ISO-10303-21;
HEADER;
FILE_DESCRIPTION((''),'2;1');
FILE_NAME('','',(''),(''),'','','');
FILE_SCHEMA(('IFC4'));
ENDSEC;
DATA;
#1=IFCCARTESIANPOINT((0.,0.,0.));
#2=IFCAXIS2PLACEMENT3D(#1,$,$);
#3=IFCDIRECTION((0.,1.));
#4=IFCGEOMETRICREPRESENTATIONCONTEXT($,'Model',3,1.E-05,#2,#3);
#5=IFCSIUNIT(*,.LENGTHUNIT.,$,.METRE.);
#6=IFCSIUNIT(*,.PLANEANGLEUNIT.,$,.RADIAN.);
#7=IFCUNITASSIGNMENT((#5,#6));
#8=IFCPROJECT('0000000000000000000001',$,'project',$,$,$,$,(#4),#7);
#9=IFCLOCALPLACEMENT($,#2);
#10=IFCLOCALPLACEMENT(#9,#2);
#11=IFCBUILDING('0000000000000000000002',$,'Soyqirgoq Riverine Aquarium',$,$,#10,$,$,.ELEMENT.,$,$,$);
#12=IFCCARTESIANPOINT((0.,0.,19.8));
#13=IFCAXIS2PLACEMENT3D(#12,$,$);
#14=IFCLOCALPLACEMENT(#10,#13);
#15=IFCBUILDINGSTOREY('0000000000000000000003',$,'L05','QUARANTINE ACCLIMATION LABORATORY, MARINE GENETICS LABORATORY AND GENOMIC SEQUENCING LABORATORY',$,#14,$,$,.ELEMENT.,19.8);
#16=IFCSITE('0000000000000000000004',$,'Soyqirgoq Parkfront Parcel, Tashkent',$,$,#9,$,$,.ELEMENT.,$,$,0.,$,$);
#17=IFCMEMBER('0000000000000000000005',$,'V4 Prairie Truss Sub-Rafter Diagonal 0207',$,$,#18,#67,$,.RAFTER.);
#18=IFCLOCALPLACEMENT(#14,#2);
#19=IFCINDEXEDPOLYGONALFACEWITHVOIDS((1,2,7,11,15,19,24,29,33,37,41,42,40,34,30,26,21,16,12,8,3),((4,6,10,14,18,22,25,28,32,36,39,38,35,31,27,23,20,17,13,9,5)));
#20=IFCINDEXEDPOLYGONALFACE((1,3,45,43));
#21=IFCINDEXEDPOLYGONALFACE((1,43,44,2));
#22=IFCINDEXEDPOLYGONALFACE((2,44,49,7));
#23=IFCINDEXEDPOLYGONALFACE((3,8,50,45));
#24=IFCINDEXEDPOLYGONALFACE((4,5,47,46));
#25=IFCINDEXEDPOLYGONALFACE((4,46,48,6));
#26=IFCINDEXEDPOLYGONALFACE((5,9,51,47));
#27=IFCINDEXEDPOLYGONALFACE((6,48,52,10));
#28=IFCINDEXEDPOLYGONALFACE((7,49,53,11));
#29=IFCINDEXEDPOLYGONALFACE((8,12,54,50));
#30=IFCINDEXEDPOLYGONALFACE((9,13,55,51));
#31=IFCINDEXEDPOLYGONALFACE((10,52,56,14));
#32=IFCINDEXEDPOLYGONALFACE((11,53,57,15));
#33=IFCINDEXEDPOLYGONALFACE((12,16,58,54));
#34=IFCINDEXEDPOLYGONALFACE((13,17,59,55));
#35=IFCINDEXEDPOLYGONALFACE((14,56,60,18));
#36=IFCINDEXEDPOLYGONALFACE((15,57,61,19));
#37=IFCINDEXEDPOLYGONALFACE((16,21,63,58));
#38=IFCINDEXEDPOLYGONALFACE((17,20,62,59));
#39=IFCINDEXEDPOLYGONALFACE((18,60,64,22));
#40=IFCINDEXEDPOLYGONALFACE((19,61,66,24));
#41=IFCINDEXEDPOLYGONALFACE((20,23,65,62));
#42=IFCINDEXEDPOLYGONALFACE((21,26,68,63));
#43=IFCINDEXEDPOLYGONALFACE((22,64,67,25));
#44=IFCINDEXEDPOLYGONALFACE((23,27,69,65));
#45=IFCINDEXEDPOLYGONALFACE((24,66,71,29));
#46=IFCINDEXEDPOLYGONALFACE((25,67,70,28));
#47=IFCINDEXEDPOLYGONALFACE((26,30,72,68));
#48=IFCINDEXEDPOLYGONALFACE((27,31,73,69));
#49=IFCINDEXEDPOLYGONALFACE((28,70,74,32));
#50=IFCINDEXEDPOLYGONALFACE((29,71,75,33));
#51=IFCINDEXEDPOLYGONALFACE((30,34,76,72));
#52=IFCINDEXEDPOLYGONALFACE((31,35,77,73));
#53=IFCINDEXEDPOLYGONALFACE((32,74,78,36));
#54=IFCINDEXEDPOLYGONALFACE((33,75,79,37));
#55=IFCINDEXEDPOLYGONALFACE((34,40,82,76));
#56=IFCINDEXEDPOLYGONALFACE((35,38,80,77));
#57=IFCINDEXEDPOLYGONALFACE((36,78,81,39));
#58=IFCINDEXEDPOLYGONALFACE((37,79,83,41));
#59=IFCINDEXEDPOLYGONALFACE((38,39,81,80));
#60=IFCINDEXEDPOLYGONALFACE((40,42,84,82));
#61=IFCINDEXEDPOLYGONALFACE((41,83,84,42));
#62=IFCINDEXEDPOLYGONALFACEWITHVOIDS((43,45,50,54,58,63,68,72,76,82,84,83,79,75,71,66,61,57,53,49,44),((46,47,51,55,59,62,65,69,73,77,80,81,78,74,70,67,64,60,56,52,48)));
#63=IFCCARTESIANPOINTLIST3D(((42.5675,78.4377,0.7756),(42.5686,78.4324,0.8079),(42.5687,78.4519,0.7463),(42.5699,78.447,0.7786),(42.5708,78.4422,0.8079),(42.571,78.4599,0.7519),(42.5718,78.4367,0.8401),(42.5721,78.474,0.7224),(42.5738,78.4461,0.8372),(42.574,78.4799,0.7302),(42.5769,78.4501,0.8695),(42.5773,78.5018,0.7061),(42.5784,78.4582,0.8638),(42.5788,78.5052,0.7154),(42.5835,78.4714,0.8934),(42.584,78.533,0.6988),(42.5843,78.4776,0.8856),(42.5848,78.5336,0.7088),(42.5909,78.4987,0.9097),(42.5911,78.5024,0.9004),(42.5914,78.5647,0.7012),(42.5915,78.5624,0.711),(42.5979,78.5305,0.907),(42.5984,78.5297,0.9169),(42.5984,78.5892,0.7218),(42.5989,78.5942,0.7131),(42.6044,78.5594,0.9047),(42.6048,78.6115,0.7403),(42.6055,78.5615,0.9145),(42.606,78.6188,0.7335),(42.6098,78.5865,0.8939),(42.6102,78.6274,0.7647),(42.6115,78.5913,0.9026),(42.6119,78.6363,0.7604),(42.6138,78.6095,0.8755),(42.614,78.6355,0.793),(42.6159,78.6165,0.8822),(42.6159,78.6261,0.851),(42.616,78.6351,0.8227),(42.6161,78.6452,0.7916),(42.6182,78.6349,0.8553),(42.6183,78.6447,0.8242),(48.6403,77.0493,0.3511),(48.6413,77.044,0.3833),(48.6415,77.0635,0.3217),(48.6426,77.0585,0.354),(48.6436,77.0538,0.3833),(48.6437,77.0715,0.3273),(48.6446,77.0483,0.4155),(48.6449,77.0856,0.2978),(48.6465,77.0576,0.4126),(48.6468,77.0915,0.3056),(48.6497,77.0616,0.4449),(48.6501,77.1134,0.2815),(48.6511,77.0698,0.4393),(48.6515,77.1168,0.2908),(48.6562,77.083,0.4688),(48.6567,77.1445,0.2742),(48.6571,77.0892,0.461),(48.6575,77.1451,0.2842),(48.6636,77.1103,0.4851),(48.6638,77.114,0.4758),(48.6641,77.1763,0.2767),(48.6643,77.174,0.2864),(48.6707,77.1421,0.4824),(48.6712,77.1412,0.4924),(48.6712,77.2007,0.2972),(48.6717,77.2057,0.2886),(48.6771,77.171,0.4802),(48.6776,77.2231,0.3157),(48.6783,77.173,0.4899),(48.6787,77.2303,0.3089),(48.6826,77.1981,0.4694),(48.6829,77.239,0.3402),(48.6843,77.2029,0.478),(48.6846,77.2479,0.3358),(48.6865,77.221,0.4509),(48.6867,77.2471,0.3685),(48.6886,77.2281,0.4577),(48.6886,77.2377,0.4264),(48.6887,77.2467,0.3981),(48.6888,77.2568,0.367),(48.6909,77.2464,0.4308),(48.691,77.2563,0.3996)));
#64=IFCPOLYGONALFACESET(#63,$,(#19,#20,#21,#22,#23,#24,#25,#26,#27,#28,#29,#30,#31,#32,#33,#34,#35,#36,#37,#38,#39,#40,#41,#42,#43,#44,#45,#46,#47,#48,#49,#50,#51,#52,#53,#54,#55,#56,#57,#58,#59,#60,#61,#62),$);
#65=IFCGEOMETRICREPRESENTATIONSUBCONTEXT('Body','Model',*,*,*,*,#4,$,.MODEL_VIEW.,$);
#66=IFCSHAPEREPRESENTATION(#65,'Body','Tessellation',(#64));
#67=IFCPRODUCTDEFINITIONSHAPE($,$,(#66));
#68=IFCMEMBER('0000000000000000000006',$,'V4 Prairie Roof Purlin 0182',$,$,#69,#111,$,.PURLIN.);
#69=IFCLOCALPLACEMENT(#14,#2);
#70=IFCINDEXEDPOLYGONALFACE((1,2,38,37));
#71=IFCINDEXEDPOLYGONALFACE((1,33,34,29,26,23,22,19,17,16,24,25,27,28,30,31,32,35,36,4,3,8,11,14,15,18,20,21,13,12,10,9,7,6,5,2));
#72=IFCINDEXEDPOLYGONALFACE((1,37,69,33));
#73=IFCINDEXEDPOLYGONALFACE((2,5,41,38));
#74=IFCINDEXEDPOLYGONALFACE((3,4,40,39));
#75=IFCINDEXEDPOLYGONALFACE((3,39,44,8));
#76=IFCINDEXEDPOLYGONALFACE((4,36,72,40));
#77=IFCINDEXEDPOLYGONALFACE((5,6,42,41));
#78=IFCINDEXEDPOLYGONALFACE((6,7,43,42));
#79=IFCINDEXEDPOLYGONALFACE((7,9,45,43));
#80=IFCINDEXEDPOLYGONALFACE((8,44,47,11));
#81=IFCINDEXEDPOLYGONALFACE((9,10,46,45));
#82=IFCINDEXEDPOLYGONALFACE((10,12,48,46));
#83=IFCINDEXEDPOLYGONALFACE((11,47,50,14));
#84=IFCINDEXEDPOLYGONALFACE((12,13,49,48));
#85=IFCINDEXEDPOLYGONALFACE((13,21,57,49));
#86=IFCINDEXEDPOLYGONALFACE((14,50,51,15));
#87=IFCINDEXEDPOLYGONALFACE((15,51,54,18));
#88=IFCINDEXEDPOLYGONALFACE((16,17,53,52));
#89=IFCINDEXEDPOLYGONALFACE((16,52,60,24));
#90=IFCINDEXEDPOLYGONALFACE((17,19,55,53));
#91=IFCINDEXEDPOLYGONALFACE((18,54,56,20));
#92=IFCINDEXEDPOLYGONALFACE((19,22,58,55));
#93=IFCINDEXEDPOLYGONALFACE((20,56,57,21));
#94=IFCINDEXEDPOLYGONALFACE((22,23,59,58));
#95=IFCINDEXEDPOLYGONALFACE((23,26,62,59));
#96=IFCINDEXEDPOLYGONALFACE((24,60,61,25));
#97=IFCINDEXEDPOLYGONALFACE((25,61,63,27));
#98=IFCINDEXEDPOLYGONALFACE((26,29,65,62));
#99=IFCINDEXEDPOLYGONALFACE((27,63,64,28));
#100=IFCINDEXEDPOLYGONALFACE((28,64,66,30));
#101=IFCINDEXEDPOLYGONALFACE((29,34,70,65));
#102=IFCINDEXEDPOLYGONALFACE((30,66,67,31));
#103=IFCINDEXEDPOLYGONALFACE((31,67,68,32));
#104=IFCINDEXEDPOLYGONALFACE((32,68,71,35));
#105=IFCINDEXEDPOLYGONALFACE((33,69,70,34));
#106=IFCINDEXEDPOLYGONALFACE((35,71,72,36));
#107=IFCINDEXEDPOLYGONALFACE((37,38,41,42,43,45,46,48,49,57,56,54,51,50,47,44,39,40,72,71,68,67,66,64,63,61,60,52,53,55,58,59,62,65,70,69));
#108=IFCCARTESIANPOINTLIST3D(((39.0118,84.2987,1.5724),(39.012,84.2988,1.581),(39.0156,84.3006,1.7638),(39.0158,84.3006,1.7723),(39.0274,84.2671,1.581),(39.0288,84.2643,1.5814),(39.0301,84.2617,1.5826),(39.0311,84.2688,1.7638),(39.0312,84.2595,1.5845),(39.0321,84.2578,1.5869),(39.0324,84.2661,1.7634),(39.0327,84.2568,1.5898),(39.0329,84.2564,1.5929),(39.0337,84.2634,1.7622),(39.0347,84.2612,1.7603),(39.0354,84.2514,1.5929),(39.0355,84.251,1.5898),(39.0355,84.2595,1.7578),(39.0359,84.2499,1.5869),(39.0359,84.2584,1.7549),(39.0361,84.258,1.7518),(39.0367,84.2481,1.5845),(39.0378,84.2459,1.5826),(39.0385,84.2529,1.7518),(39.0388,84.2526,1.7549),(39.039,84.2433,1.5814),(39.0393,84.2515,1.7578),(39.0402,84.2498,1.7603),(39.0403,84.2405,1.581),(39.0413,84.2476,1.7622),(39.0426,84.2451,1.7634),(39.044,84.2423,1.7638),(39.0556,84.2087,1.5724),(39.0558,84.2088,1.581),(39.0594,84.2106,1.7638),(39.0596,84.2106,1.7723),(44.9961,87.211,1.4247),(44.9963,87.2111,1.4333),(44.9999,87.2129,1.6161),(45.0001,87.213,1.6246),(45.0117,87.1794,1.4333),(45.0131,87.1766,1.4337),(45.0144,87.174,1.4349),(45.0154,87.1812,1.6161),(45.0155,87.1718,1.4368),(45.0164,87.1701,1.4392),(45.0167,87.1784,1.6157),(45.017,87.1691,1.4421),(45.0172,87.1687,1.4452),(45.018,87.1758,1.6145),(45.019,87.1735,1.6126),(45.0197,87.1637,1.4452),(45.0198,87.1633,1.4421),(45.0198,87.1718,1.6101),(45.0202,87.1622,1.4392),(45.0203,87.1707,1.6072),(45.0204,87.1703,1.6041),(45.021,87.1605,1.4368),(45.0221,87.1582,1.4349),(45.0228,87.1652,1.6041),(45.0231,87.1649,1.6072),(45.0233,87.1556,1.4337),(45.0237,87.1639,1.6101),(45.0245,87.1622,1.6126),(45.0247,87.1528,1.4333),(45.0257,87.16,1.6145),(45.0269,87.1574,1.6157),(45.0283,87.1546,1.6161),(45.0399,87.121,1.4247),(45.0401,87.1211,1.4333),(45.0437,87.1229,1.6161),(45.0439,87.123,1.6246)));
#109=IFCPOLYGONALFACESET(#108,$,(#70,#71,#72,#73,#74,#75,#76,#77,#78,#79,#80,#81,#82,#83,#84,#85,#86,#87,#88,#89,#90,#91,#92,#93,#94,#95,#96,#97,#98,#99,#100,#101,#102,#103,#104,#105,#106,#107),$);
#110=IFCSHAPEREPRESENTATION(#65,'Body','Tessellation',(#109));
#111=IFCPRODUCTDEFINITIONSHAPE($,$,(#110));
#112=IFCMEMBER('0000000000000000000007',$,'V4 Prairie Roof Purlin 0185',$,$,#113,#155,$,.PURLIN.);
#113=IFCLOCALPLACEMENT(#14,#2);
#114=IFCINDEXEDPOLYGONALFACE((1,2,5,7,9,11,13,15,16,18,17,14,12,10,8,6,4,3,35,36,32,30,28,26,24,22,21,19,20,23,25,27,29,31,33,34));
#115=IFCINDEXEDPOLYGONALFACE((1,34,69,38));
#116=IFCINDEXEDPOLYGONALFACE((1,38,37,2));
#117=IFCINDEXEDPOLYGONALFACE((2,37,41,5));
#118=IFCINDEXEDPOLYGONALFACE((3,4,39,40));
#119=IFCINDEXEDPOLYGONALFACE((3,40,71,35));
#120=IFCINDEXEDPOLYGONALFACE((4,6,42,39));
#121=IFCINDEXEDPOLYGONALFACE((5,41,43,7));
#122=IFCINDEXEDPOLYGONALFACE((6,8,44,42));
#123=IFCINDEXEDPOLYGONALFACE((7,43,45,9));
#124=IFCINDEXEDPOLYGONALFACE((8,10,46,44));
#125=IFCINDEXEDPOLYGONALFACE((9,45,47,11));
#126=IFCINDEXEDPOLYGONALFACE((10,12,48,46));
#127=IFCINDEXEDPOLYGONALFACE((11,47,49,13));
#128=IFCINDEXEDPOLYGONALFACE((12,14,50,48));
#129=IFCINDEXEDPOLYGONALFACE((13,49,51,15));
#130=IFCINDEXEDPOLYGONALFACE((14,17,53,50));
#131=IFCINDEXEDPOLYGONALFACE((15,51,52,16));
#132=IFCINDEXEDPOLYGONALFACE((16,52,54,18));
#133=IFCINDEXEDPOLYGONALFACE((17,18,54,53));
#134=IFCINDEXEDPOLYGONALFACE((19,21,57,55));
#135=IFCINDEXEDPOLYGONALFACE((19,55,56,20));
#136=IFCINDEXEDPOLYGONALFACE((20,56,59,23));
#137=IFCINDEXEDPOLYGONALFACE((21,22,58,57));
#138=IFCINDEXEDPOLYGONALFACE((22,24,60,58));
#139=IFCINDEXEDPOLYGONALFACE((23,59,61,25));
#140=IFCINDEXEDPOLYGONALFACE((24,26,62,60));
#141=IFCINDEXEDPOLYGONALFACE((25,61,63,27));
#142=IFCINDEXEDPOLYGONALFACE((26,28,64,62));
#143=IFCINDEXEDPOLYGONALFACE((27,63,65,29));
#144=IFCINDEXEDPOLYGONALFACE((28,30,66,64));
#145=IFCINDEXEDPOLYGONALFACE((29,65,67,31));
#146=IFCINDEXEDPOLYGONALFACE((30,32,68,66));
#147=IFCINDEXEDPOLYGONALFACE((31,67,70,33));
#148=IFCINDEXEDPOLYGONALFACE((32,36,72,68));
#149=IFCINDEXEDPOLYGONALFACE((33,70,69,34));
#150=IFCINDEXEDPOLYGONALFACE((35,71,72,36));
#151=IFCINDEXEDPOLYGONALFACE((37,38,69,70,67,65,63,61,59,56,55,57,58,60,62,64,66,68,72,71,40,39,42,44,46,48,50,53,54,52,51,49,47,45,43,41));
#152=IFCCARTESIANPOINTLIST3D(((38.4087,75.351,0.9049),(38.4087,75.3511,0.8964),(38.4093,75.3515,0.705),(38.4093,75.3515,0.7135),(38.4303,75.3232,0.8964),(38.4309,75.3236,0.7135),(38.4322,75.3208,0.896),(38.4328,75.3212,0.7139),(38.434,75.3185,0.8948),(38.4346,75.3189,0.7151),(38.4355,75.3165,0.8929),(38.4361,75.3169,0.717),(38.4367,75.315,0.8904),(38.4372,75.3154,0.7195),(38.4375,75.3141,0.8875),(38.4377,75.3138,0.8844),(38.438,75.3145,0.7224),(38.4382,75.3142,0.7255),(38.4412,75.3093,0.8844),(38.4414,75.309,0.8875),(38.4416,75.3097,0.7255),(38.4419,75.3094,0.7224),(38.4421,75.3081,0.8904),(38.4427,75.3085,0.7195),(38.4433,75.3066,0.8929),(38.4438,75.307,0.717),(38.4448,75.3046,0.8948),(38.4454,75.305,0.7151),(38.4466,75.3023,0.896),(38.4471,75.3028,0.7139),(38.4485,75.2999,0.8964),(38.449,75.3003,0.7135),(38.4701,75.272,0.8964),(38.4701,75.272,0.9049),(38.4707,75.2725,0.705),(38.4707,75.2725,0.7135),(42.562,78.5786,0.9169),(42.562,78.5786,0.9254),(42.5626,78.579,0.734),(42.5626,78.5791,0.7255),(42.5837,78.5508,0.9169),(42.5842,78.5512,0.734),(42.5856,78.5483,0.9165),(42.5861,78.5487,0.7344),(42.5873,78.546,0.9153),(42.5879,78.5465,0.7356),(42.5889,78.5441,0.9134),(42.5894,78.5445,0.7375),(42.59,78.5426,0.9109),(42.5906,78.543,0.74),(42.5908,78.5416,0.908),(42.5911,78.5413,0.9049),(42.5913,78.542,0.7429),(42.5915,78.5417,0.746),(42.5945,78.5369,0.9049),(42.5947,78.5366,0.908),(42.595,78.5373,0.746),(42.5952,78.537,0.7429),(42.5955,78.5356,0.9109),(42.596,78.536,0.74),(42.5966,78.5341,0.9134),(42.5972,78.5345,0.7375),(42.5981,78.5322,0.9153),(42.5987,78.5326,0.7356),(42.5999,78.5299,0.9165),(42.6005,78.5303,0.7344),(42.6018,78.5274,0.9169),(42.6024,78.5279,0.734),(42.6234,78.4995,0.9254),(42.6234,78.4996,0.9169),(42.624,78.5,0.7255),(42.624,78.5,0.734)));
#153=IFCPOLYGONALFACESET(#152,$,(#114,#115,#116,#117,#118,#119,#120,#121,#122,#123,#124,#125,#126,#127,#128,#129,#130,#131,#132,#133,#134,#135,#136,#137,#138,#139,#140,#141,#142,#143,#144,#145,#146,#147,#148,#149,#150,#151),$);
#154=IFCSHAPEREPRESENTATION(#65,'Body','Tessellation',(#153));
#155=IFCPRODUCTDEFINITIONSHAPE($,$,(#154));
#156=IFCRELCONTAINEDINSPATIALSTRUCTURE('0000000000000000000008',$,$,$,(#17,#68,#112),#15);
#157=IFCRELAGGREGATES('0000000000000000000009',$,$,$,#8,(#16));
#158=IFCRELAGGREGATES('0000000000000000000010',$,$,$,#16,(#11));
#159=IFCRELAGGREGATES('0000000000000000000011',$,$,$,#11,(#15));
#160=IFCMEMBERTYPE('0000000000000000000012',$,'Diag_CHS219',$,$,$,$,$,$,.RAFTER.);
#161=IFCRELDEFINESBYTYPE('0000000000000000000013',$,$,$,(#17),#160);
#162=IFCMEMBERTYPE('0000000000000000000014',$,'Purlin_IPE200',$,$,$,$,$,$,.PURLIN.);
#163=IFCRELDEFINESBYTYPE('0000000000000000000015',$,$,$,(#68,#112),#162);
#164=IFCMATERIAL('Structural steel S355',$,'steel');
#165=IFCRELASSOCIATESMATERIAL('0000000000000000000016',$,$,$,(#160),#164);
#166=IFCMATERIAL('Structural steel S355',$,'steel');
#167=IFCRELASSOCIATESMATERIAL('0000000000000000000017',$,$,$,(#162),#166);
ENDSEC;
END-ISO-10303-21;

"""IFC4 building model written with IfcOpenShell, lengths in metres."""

from ifc_helpers import new_model, si_unit, direction, frame, origin, origin_2d, place, context, subcontext, project, spatial, hollow_circle, i_section, extrude, material, material_profile, profile_set, type_object, element, save


model = new_model("IFC4")

# Units and contexts
model_context = context("Model", 3, precision=1e-05, world=origin(), true_north=direction((0.0, 1.0)))
body_context = subcontext(model_context, "Body", "Model", "MODEL_VIEW")
ifc_project = project(units=[si_unit("LENGTHUNIT", "METRE"), si_unit("PLANEANGLEUNIT", "RADIAN")], contexts=[model_context])

# Site, building, storey
site_placement = place(None, origin())
site = spatial("IfcSite", under=ifc_project, at=site_placement, Name="Soyqirgoq Parkfront Parcel, Tashkent", CompositionType="ELEMENT", RefElevation=0.0)
building_placement = place(site_placement, origin())
building = spatial("IfcBuilding", under=site, at=building_placement, Name="Soyqirgoq Riverine Aquarium", CompositionType="ELEMENT")
storey_placement = place(building_placement, frame((0.0, 0.0, 19.8)))
storey = spatial("IfcBuildingStorey", under=building, at=storey_placement, Name="L05", Description="QUARANTINE ACCLIMATION LABORATORY, MARINE GENETICS LABORATORY AND GENOMIC SEQUENCING LABORATORY", CompositionType="ELEMENT", Elevation=19.8)

# Members
ifc_material_1 = material(Name="Structural steel S355", Category="steel")
ifc_material_profile_1 = material_profile(ifc_material_1, hollow_circle(Radius=0.1096, WallThickness=0.01, at=origin_2d()), Name="CHS 219.1x10")
ifc_profile_set_1 = profile_set([ifc_material_profile_1], Name="Structural steel S355")
member_type_1 = type_object("IfcMemberType", Name="Diag_CHS219", PredefinedType="RAFTER", material=ifc_profile_set_1)
member_1_placement = place(storey_placement, frame((48.6658, 77.1509, 0.3833), z_axis=(-0.972589, 0.222365, 0.067996), x_axis=(-0.222881, -0.974846, 0.0)))
element("IfcMember", 1, at=member_1_placement, inside=storey, type_object=member_type_1, Name="V4 Prairie Truss Sub-Rafter Diagonal 0207", PredefinedType="RAFTER", context=body_context, shape_type="SweptSolid", body=[
    extrude(hollow_circle(Radius=0.1096, WallThickness=0.01, at=origin_2d()), origin(), (0.0, 0.0, 1.0), 6.2439),
])
ifc_material_2 = material(Name="Structural steel S355", Category="steel")
ifc_material_profile_2 = material_profile(ifc_material_2, i_section(OverallWidth=0.1001, OverallDepth=0.2, WebThickness=0.0056, FlangeThickness=0.0085, FilletRadius=0.012, at=origin_2d()), Name="IPE 200")
ifc_profile_set_2 = profile_set([ifc_material_profile_2], Name="Structural steel S355")
member_type_2 = type_object("IfcMemberType", Name="Purlin_IPE200", PredefinedType="PURLIN", material=ifc_profile_set_2)
member_2_placement = place(storey_placement, frame((45.02, 87.167, 1.5247), z_axis=(-0.898952, -0.437484, 0.022188), x_axis=(0.437592, -0.899174, 0.0)))
element("IfcMember", 2, at=member_2_placement, inside=storey, type_object=member_type_2, Name="V4 Prairie Roof Purlin 0182", PredefinedType="PURLIN", context=body_context, shape_type="SweptSolid", body=[
    extrude(i_section(OverallWidth=0.1001, OverallDepth=0.2, WebThickness=0.0056, FlangeThickness=0.0085, FilletRadius=0.012, at=origin_2d()), origin(), (0.0, 0.0, 1.0), 6.657),
])
member_3_placement = place(storey_placement, frame((42.593, 78.5393, 0.8254), z_axis=(-0.789606, -0.613602, -0.003899), x_axis=(0.613606, -0.789612, 0.0)))
element("IfcMember", 3, at=member_3_placement, inside=storey, type_object=member_type_2, Name="V4 Prairie Roof Purlin 0185", PredefinedType="PURLIN", context=body_context, shape_type="SweptSolid", body=[
    extrude(i_section(OverallWidth=0.1001, OverallDepth=0.2, WebThickness=0.0056, FlangeThickness=0.0085, FilletRadius=0.012, at=origin_2d()), origin(), (0.0, 0.0, 1.0), 5.26),
])

save(model, "model.ifc")
